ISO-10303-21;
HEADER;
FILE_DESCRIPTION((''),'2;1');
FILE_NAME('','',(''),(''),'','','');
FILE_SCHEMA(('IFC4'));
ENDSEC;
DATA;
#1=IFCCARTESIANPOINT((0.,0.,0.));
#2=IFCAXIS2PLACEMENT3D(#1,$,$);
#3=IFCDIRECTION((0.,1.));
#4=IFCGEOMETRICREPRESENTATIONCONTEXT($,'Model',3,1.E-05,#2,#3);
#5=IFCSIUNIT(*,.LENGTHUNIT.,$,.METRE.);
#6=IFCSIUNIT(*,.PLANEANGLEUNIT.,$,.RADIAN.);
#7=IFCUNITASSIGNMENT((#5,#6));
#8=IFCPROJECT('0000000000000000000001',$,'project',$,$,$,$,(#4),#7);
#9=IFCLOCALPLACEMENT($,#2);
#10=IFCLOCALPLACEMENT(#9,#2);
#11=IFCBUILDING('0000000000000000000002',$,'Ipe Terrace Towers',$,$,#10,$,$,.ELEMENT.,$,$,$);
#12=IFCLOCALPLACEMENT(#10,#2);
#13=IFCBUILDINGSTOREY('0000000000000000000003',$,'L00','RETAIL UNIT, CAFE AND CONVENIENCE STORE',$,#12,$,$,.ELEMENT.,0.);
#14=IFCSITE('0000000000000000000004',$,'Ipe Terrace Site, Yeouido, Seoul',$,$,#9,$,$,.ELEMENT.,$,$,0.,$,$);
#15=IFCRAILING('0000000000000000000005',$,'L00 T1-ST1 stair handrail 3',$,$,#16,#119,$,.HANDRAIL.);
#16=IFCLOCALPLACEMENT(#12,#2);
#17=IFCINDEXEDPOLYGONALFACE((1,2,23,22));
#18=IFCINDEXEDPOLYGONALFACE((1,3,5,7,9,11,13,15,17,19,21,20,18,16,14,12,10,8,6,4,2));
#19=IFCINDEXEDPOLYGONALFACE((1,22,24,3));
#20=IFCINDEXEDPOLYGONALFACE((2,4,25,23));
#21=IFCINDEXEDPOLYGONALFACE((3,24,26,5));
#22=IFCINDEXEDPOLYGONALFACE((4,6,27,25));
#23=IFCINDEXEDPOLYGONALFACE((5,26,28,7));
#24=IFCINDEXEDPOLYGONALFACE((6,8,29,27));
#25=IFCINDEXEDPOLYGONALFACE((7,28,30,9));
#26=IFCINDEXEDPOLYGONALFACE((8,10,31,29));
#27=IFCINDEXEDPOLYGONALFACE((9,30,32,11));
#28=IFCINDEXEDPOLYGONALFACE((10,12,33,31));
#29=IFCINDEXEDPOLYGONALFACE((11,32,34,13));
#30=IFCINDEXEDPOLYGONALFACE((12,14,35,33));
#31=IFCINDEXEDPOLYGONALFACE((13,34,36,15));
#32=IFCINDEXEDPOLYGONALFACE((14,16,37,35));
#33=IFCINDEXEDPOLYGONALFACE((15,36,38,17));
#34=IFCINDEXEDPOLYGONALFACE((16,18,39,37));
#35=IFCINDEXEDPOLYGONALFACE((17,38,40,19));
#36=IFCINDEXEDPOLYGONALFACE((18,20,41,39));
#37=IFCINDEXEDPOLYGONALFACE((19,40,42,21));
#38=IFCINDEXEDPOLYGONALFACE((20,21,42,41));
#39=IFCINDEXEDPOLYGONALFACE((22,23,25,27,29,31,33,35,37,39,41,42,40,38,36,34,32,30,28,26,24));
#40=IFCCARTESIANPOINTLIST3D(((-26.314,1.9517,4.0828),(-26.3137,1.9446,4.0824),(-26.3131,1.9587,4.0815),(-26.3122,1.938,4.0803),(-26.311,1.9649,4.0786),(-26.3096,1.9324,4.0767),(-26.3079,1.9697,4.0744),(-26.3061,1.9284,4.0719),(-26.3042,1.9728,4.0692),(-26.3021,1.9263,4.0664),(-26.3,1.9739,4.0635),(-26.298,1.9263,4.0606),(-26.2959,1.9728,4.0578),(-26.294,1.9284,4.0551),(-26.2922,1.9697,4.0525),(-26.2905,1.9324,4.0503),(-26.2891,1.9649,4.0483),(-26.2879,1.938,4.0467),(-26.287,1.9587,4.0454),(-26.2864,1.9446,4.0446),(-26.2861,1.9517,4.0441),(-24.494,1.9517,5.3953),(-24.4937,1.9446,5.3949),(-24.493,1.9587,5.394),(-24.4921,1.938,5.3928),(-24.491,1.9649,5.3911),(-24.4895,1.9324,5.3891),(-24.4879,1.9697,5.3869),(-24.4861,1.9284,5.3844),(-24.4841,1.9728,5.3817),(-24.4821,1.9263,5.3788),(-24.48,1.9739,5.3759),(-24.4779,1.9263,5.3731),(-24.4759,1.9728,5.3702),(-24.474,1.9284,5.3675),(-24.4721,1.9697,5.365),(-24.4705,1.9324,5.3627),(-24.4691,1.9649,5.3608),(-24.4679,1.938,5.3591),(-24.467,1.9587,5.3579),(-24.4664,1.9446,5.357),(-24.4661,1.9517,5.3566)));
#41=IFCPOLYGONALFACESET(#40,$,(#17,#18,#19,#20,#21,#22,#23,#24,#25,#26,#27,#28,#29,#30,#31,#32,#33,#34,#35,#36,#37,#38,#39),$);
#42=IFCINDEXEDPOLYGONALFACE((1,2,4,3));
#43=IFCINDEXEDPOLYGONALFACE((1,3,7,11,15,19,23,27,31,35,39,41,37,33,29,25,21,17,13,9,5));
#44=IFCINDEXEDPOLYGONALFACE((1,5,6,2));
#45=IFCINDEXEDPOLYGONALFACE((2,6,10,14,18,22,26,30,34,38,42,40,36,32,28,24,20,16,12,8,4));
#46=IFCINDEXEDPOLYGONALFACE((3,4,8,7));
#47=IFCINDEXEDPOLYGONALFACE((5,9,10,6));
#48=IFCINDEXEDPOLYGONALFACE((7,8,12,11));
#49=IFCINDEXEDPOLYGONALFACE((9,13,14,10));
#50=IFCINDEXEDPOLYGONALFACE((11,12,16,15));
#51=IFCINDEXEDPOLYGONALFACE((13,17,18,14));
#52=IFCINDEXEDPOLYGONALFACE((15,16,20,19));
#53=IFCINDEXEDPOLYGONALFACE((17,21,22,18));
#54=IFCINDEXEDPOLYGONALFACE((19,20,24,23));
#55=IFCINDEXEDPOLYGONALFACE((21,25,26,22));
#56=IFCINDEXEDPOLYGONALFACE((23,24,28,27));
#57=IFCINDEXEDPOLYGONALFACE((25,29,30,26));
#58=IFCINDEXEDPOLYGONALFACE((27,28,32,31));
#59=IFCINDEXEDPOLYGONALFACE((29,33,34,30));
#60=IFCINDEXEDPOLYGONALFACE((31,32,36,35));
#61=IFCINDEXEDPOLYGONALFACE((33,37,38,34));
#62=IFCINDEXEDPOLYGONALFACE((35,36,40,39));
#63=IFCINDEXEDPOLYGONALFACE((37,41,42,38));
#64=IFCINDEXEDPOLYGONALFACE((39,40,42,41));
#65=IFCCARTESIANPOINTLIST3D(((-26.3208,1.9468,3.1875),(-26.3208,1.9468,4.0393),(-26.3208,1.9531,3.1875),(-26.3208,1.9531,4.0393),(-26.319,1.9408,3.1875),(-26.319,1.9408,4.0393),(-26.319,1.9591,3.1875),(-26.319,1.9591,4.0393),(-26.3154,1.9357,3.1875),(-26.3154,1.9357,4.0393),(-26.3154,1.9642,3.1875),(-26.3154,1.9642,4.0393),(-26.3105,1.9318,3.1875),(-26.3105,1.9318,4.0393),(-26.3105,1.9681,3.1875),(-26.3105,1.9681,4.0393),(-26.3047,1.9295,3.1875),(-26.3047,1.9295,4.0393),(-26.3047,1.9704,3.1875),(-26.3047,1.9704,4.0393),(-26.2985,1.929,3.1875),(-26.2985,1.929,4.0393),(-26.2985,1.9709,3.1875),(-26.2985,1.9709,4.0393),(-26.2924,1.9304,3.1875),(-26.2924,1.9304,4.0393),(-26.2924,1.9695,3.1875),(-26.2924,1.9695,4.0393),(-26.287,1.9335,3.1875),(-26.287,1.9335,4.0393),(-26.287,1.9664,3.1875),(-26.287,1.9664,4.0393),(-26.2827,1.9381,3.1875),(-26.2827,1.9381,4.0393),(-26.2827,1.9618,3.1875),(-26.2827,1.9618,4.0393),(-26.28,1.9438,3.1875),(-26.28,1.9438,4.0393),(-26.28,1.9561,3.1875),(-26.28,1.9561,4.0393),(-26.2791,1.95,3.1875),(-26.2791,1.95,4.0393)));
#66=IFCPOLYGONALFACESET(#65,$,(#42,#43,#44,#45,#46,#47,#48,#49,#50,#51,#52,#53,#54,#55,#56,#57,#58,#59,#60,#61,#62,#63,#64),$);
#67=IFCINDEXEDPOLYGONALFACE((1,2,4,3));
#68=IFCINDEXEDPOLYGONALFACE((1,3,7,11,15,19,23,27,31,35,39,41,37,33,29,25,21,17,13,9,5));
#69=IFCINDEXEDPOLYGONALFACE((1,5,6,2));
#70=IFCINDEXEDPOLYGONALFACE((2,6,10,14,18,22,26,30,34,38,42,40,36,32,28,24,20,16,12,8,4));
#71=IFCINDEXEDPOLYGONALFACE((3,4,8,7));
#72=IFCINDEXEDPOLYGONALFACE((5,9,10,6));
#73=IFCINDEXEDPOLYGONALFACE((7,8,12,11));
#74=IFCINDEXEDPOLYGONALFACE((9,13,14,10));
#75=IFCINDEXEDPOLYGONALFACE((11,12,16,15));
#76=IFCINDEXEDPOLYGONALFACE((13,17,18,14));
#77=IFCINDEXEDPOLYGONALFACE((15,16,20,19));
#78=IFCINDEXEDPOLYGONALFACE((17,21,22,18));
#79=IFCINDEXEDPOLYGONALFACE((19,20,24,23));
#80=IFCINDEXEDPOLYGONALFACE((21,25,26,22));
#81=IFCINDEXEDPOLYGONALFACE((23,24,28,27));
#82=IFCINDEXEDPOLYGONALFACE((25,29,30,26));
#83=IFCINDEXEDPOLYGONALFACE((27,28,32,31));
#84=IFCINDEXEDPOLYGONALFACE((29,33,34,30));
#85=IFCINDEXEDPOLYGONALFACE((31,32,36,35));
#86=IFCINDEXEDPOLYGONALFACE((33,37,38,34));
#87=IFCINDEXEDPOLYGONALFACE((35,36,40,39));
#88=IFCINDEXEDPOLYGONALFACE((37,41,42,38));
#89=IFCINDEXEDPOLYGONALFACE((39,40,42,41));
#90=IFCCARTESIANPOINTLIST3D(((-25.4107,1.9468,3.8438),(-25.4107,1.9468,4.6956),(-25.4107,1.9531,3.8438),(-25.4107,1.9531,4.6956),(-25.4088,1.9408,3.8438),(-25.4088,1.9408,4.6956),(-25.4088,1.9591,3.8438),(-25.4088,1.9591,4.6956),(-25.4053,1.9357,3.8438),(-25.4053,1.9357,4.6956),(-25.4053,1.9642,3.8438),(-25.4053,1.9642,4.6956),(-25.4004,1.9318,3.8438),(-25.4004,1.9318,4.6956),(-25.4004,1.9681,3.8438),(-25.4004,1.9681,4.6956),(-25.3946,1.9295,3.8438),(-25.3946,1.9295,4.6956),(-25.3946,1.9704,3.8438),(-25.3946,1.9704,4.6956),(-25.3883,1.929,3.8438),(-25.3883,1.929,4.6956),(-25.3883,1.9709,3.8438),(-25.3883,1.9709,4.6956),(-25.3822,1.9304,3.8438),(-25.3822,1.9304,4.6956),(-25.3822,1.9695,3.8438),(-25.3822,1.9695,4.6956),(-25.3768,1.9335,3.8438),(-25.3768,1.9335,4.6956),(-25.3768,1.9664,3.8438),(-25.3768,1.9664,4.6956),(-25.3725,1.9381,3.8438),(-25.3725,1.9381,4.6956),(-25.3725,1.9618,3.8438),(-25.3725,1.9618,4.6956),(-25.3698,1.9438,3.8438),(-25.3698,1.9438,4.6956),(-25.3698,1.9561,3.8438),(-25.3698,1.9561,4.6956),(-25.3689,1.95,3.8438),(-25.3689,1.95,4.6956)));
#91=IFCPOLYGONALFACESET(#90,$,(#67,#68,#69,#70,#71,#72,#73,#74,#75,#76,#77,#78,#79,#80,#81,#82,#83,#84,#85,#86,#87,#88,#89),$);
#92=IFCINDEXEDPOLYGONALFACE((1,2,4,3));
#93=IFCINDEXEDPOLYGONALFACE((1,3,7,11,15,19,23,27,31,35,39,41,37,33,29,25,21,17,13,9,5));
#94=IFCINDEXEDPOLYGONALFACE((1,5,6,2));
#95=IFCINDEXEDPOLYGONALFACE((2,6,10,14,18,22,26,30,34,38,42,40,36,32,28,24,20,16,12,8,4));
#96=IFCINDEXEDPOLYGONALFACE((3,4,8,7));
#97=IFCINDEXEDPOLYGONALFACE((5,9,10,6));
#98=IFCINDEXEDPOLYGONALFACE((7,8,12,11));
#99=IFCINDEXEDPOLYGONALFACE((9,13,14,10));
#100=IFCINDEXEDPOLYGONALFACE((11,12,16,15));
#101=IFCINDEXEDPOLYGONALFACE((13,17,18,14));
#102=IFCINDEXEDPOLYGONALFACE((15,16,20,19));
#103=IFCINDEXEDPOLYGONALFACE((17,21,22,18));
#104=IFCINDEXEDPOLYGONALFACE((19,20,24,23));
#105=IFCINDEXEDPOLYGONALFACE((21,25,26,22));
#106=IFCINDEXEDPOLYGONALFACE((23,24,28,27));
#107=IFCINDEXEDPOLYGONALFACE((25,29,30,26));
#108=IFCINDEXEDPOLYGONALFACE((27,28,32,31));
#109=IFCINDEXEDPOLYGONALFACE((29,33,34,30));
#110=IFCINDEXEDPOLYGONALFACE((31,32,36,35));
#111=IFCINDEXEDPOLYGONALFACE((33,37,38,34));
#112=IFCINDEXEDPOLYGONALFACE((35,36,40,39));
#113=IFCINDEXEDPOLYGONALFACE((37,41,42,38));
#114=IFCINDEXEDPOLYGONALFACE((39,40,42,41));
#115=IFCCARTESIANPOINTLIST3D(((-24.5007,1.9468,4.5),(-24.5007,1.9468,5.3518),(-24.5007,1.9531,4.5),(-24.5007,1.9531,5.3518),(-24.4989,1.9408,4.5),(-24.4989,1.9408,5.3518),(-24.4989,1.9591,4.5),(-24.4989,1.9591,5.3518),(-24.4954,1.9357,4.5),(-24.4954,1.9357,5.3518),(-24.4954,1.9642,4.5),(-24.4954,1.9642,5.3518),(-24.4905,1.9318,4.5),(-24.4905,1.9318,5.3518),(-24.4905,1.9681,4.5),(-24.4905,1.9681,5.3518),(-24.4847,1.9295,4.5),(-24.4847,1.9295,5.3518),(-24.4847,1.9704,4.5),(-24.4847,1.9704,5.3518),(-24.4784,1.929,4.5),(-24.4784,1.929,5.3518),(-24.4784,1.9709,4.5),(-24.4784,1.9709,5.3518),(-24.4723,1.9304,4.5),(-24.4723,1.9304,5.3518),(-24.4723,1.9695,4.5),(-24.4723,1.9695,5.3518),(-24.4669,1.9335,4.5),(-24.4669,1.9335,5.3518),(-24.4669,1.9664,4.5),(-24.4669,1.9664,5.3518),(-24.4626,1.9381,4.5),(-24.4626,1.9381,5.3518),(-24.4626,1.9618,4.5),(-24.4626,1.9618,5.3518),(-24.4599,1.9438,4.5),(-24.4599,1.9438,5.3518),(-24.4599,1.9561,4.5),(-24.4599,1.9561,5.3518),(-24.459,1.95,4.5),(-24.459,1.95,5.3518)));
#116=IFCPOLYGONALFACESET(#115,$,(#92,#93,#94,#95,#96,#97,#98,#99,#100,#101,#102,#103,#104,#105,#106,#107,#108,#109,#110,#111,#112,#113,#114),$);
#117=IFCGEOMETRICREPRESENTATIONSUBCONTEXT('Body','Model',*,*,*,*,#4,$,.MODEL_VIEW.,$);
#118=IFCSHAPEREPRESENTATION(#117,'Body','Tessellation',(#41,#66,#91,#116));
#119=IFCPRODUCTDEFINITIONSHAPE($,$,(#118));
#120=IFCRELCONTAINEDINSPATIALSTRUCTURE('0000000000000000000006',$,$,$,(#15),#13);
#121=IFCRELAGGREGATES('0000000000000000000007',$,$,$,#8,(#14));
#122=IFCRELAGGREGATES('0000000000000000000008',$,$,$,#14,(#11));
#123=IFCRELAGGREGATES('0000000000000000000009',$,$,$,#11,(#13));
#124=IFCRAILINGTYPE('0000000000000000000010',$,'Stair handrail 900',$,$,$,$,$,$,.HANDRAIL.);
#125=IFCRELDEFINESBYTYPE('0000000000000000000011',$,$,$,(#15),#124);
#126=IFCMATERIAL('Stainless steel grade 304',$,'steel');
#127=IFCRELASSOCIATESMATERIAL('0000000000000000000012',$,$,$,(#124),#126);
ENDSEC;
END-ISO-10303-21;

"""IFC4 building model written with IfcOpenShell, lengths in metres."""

from ifc_helpers import new_model, si_unit, direction, frame, origin, origin_2d, place, context, subcontext, project, spatial, circle, extrude, material, type_object, element, save


model = new_model("IFC4")

# Units and contexts
model_context = context("Model", 3, precision=1e-05, world=origin(), true_north=direction((0.0, 1.0)))
body_context = subcontext(model_context, "Body", "Model", "MODEL_VIEW")
ifc_project = project(units=[si_unit("LENGTHUNIT", "METRE"), si_unit("PLANEANGLEUNIT", "RADIAN")], contexts=[model_context])

# Site, building, storey
site_placement = place(None, origin())
site = spatial("IfcSite", under=ifc_project, at=site_placement, Name="Ipe Terrace Site, Yeouido, Seoul", CompositionType="ELEMENT", RefElevation=0.0)
building_placement = place(site_placement, origin())
building = spatial("IfcBuilding", under=site, at=building_placement, Name="Ipe Terrace Towers", CompositionType="ELEMENT")
storey_placement = place(building_placement, origin())
storey = spatial("IfcBuildingStorey", under=building, at=storey_placement, Name="L00", Description="RETAIL UNIT, CAFE AND CONVENIENCE STORE", CompositionType="ELEMENT", Elevation=0.0)

# Railing
ifc_material_1 = material(Name="Stainless steel grade 304", Category="steel")
railing_type_1 = type_object("IfcRailingType", Name="Stair handrail 900", PredefinedType="HANDRAIL", material=ifc_material_1)
railing_1_placement = place(storey_placement, frame((-26.3, 1.95, 3.1875)))
element("IfcRailing", 1, at=railing_1_placement, inside=storey, type_object=railing_type_1, Name="L00 T1-ST1 stair handrail 3", PredefinedType="HANDRAIL", context=body_context, shape_type="SweptSolid", body=[
    extrude(circle(Radius=0.0239, at=origin_2d()), frame((0.0, 0.0, 0.876), z_axis=(0.811101, 0.0, 0.584906), x_axis=(0.0, 1.0, 0.0)), (0.0, 0.0, 1.0), 2.2439),
    extrude(circle(Radius=0.021, at=origin_2d()), origin(), (0.0, 0.0, 1.0), 0.8518),
    extrude(circle(Radius=0.021, at=origin_2d()), frame((0.9102, 0.0, 0.6562)), (0.0, 0.0, 1.0), 0.8518),
    extrude(circle(Radius=0.021, at=origin_2d()), frame((1.8201, 0.0, 1.3125)), (0.0, 0.0, 1.0), 0.8518),
])

save(model, "model.ifc")
